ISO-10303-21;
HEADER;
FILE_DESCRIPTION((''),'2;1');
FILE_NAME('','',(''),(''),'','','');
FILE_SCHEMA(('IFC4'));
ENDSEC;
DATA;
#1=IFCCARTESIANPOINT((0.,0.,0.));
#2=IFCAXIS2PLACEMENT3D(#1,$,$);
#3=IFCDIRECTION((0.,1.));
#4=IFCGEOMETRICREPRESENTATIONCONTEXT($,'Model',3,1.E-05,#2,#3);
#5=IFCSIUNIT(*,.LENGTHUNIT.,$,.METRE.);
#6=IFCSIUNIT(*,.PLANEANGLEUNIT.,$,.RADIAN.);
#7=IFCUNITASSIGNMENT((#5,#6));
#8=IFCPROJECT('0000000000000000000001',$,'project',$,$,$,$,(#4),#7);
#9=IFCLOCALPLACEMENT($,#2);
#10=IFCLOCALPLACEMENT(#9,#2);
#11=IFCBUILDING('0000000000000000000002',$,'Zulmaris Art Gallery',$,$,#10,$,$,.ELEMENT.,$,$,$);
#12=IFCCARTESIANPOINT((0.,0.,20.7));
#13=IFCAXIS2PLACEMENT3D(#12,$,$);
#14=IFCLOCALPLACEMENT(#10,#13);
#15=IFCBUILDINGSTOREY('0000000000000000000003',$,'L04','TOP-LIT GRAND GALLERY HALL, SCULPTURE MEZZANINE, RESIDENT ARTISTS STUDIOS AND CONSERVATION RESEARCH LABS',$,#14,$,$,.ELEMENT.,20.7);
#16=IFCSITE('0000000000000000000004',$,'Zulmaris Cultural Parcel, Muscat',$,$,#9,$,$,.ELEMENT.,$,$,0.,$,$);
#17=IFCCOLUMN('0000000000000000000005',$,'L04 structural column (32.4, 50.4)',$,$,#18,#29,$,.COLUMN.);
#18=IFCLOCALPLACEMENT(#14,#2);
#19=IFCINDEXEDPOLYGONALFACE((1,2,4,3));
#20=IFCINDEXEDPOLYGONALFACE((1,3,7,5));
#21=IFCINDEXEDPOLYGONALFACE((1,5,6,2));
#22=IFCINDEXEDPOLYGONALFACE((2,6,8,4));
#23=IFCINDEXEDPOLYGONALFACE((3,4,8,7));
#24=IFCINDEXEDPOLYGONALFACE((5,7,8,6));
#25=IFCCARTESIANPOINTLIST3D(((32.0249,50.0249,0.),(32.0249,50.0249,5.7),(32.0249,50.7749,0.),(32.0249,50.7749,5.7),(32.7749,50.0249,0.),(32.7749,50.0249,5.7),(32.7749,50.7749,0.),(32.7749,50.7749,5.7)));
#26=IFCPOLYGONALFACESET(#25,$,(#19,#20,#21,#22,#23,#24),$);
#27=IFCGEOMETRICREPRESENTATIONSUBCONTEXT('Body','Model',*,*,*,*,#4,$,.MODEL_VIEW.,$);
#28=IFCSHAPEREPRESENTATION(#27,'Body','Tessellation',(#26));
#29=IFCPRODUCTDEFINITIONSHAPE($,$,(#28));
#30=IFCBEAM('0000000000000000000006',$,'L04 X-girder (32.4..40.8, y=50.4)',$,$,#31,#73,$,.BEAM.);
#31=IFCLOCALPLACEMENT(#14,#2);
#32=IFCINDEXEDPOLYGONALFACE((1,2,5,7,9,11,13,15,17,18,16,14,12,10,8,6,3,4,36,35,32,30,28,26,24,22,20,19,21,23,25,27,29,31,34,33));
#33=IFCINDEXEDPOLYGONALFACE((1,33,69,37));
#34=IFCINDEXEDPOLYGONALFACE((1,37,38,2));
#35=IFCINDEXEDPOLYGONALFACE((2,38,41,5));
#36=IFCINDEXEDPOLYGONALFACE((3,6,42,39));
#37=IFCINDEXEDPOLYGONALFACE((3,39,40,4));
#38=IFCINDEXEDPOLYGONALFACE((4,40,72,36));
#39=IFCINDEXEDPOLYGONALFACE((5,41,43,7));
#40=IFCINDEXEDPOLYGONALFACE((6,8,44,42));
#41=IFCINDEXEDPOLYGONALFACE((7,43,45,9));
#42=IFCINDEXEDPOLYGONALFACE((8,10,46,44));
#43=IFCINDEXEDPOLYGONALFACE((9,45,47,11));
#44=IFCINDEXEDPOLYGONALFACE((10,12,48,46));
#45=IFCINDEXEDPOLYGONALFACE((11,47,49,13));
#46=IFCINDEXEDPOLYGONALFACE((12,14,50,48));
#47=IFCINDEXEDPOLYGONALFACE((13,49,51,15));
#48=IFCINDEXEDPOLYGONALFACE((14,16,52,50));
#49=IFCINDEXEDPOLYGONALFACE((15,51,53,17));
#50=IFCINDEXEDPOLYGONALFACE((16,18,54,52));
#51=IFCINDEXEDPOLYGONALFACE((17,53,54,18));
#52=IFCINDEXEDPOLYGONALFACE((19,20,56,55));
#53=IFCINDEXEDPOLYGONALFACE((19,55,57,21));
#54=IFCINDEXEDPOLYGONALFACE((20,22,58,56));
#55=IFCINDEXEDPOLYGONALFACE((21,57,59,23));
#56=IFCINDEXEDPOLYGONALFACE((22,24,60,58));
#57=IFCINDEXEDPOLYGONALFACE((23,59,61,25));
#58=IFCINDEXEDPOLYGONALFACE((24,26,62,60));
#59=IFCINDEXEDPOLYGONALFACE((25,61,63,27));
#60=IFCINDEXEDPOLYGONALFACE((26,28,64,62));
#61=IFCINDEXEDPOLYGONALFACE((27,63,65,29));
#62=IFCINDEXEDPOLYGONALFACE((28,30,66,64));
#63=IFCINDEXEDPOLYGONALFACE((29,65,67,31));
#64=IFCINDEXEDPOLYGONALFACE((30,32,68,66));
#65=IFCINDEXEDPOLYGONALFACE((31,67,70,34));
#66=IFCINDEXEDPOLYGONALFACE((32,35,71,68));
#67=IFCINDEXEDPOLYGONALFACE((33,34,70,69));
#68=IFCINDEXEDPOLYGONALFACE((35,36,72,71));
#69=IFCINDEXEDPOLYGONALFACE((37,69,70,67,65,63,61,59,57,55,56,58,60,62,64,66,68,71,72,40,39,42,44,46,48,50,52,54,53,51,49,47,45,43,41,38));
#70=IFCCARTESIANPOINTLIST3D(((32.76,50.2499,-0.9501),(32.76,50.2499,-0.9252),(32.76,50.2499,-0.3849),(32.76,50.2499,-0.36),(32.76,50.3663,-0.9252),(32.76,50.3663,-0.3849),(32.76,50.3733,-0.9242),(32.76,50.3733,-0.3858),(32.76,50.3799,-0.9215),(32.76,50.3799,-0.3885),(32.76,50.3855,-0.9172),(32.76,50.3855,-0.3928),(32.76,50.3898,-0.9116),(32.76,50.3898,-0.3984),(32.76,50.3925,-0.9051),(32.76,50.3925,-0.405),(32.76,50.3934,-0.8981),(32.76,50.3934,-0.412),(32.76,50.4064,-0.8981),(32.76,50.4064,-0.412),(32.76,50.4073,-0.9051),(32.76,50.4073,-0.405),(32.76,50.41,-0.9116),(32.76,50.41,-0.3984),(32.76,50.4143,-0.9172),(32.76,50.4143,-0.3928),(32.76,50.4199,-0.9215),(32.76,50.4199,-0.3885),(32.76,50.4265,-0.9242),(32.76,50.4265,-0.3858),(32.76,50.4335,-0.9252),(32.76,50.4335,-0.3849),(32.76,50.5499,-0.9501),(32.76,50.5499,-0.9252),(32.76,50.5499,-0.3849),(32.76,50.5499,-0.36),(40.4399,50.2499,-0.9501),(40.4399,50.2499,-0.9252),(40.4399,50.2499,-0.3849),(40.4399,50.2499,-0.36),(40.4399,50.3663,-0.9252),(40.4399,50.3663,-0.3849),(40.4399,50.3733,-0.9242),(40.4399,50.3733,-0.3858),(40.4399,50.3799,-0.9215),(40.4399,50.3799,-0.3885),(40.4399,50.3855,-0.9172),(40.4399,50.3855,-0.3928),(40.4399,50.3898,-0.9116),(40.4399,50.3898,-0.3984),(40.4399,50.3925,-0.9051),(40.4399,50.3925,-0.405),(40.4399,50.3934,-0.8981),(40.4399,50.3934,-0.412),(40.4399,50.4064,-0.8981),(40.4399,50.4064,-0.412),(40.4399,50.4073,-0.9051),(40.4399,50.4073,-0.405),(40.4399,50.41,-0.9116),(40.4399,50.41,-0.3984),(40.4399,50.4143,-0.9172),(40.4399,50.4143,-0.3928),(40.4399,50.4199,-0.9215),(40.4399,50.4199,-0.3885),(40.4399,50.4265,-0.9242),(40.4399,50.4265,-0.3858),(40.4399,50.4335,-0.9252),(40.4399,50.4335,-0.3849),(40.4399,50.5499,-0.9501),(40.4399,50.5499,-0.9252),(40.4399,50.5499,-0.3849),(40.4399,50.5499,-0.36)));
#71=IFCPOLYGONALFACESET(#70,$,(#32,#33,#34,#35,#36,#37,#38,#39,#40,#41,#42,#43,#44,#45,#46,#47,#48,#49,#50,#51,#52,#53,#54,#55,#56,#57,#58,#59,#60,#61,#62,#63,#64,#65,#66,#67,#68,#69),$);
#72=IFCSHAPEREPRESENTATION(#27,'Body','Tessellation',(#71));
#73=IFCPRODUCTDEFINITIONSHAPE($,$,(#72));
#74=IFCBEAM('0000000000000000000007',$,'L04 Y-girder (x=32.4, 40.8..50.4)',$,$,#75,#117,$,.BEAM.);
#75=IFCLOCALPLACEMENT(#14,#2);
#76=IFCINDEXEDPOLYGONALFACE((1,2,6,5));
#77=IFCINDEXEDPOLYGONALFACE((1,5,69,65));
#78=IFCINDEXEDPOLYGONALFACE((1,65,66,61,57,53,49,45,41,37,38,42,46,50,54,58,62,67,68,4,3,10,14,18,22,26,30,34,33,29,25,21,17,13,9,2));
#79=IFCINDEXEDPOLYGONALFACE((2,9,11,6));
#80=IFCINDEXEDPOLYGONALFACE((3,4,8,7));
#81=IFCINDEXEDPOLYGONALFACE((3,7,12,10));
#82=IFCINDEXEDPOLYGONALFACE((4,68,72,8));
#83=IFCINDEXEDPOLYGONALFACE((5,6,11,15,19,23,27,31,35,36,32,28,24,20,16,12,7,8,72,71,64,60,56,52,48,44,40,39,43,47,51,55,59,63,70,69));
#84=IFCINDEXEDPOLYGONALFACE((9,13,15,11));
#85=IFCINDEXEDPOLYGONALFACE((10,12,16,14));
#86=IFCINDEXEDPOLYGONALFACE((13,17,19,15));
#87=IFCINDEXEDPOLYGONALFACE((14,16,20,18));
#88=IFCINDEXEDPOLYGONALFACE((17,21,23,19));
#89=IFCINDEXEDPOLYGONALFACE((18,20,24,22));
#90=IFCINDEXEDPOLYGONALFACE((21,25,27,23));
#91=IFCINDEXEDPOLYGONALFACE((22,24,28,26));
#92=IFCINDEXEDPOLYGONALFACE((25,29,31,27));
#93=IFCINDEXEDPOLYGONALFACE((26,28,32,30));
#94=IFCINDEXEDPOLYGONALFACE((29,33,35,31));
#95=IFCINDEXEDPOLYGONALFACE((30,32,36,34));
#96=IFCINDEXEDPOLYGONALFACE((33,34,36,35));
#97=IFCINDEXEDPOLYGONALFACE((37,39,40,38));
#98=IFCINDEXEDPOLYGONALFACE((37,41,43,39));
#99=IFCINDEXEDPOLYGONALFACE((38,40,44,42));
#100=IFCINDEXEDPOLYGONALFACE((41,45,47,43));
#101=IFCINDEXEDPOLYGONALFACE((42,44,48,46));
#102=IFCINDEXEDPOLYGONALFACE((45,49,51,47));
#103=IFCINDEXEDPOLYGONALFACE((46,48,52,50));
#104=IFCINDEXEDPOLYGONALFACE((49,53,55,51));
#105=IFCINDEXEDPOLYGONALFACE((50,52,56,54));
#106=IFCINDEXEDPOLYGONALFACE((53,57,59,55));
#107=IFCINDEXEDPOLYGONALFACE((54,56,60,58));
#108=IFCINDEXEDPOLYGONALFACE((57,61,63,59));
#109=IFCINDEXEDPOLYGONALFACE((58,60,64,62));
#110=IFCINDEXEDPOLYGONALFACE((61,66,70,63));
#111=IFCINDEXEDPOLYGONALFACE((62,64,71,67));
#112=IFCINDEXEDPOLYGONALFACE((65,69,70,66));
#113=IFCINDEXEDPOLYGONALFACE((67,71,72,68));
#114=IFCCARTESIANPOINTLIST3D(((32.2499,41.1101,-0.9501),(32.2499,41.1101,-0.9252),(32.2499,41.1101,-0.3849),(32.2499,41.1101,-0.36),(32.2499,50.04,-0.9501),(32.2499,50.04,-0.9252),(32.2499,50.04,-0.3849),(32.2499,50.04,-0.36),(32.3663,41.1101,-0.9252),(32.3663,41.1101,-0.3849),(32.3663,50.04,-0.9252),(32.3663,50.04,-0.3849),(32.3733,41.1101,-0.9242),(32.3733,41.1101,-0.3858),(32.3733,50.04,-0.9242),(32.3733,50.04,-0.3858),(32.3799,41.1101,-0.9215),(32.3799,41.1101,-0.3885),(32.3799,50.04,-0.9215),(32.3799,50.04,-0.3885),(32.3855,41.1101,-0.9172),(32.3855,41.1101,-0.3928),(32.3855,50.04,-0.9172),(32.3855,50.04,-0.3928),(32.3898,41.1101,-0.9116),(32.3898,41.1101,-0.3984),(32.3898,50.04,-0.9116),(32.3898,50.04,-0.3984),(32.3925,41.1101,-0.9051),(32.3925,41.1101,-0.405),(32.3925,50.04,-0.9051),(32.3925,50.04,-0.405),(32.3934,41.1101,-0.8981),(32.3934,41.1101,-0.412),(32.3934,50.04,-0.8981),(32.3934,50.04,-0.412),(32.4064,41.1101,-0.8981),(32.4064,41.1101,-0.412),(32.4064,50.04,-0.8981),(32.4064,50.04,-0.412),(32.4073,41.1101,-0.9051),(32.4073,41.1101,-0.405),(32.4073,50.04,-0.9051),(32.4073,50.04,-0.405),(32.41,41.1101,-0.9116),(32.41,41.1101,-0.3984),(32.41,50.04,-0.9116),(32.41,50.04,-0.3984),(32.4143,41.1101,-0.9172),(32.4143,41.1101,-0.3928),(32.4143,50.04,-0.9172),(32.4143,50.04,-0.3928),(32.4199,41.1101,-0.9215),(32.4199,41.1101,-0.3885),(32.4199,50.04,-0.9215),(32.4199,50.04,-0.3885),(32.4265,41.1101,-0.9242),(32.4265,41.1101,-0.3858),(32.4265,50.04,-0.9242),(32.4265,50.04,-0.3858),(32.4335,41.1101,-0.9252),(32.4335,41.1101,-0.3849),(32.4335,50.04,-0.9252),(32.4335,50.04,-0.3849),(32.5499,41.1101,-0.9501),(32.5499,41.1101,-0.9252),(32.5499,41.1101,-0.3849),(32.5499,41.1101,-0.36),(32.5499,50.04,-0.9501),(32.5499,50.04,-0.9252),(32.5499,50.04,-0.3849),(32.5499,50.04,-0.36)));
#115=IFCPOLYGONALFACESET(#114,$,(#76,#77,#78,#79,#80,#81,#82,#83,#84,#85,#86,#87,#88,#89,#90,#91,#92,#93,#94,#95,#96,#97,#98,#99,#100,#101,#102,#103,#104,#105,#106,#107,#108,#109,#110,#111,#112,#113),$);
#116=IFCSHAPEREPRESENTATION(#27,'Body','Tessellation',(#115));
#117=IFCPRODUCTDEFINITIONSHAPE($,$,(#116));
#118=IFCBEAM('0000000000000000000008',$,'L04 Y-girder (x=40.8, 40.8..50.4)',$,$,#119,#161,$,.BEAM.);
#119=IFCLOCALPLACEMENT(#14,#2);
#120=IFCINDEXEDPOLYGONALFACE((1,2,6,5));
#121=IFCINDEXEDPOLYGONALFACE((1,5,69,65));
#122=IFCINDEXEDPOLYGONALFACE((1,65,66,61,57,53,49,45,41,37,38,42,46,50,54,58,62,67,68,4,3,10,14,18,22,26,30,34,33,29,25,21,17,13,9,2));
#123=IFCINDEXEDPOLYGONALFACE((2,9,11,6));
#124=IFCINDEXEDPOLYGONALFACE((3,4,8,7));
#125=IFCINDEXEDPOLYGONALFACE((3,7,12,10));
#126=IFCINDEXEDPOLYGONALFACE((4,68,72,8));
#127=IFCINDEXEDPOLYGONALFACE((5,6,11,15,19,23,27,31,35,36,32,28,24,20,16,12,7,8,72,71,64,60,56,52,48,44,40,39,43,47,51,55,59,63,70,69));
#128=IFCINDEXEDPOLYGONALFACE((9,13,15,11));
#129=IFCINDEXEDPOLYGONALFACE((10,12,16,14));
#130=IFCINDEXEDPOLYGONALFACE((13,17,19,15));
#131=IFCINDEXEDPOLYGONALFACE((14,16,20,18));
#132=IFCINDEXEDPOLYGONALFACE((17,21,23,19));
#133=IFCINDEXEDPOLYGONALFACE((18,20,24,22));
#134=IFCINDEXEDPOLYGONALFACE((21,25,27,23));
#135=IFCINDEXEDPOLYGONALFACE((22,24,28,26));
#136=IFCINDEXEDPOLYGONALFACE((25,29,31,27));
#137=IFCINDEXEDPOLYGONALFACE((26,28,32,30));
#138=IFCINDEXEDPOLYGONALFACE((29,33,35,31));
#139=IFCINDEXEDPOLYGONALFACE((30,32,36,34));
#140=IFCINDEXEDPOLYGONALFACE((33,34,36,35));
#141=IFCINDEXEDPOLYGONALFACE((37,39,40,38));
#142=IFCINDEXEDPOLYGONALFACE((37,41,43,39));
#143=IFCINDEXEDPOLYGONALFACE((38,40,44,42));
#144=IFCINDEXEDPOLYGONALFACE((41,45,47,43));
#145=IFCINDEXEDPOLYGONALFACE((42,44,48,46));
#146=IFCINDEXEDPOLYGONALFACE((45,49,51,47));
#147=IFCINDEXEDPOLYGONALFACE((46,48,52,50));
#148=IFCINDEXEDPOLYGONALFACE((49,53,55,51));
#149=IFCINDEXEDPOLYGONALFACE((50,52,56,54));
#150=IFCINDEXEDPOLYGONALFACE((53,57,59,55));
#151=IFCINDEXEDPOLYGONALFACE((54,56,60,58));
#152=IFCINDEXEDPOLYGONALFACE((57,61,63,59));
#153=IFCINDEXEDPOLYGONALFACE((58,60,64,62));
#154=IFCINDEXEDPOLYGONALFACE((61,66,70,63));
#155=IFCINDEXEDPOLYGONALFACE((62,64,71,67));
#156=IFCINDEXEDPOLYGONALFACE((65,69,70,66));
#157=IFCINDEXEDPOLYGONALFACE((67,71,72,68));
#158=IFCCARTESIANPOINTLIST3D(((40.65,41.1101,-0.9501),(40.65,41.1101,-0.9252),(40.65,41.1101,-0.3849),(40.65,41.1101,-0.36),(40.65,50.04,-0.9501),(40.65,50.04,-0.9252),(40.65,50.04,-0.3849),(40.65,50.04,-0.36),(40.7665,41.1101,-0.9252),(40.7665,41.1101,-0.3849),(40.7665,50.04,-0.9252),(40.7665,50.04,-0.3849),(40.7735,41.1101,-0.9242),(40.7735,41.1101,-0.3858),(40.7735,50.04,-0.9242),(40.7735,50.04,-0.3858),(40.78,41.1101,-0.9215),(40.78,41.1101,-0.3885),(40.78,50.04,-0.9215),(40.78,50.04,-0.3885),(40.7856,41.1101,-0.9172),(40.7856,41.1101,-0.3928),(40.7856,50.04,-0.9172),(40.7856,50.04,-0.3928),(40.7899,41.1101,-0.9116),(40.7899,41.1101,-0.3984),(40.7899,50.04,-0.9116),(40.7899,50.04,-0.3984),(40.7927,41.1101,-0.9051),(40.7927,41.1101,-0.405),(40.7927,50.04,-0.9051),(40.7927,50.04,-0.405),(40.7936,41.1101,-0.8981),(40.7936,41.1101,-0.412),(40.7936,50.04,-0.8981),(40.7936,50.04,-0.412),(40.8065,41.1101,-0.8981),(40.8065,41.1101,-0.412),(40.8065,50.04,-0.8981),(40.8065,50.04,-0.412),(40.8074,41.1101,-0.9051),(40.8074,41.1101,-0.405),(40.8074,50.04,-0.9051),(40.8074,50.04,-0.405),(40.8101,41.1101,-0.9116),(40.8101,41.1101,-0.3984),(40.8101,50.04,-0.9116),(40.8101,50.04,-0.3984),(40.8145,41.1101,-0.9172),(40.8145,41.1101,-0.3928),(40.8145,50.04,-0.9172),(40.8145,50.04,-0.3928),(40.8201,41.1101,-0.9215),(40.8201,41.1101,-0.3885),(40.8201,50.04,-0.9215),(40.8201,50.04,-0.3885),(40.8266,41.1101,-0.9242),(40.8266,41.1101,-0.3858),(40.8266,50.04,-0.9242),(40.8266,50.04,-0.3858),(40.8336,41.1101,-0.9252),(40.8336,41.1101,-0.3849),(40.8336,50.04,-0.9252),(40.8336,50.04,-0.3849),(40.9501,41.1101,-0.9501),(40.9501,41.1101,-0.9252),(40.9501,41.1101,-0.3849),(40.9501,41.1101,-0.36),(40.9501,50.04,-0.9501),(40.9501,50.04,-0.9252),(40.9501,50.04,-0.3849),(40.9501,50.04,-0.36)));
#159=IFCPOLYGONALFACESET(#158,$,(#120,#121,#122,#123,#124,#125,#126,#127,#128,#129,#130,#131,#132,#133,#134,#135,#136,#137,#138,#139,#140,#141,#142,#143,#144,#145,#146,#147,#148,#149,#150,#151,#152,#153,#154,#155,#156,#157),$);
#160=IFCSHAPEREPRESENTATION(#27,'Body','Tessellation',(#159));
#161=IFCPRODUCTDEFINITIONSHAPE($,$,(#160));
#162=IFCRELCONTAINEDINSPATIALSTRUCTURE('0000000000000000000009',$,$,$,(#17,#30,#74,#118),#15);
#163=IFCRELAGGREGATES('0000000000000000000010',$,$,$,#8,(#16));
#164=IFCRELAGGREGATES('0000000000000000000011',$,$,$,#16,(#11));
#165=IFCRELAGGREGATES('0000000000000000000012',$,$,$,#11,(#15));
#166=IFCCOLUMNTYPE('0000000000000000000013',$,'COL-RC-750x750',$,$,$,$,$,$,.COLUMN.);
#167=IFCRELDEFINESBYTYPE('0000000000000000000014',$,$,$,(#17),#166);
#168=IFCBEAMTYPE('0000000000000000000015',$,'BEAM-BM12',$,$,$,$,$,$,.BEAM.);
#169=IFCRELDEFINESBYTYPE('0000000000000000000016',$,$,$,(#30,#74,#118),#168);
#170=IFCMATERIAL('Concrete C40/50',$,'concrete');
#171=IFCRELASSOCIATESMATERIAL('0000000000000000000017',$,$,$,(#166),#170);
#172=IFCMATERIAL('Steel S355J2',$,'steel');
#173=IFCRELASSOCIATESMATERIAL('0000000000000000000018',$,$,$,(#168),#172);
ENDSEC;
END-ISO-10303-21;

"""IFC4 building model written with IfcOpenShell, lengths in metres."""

from ifc_helpers import new_model, si_unit, direction, frame, origin, origin_2d, place, context, subcontext, project, spatial, rectangle, i_section, extrude, material, material_profile, profile_set, type_object, element, save


model = new_model("IFC4")

# Units and contexts
model_context = context("Model", 3, precision=1e-05, world=origin(), true_north=direction((0.0, 1.0)))
body_context = subcontext(model_context, "Body", "Model", "MODEL_VIEW")
ifc_project = project(units=[si_unit("LENGTHUNIT", "METRE"), si_unit("PLANEANGLEUNIT", "RADIAN")], contexts=[model_context])

# Site, building, storey
site_placement = place(None, origin())
site = spatial("IfcSite", under=ifc_project, at=site_placement, Name="Zulmaris Cultural Parcel, Muscat", CompositionType="ELEMENT", RefElevation=0.0)
building_placement = place(site_placement, origin())
building = spatial("IfcBuilding", under=site, at=building_placement, Name="Zulmaris Art Gallery", CompositionType="ELEMENT")
storey_placement = place(building_placement, frame((0.0, 0.0, 20.7)))
storey = spatial("IfcBuildingStorey", under=building, at=storey_placement, Name="L04", Description="TOP-LIT GRAND GALLERY HALL, SCULPTURE MEZZANINE, RESIDENT ARTISTS STUDIOS AND CONSERVATION RESEARCH LABS", CompositionType="ELEMENT", Elevation=20.7)

# Column
ifc_material_1 = material(Name="Concrete C40/50", Category="concrete")
ifc_material_profile_1 = material_profile(ifc_material_1, rectangle(XDim=0.75, YDim=0.75, at=origin_2d()), Name="RC 750x750")
ifc_profile_set_1 = profile_set([ifc_material_profile_1], Name="Concrete C40/50")
column_type = type_object("IfcColumnType", Name="COL-RC-750x750", PredefinedType="COLUMN", material=ifc_profile_set_1)
column_placement = place(storey_placement, frame((32.3999, 50.3999, 0.0), z_axis=(0.0, 0.0, 1.0), x_axis=(1.0, 0.0, 0.0)))
element("IfcColumn", 1, at=column_placement, inside=storey, type_object=column_type, Name="L04 structural column (32.4, 50.4)", PredefinedType="COLUMN", context=body_context, shape_type="SweptSolid", body=[
    extrude(rectangle(XDim=0.75, YDim=0.75, at=origin_2d()), origin(), (0.0, 0.0, 1.0), 5.7),
])

# Beams
ifc_material_2 = material(Name="Steel S355J2", Category="steel")
ifc_material_profile_2 = material_profile(ifc_material_2, i_section(OverallWidth=0.3, OverallDepth=0.5901, WebThickness=0.0129, FlangeThickness=0.0249, FilletRadius=0.0271, at=origin_2d()), Name="HEA 600")
ifc_profile_set_2 = profile_set([ifc_material_profile_2], Name="Steel S355J2")
beam_type_1 = type_object("IfcBeamType", Name="BEAM-BM12", PredefinedType="BEAM", material=ifc_profile_set_2)
beam_1_placement = place(storey_placement, frame((32.76, 50.3999, -0.655), z_axis=(1.0, 0.0, 0.0), x_axis=(0.0, 1.0, 0.0)))
element("IfcBeam", 2, at=beam_1_placement, inside=storey, type_object=beam_type_1, Name="L04 X-girder (32.4..40.8, y=50.4)", PredefinedType="BEAM", context=body_context, shape_type="SweptSolid", body=[
    extrude(i_section(OverallWidth=0.3, OverallDepth=0.5901, WebThickness=0.0129, FlangeThickness=0.0249, FilletRadius=0.0271, at=origin_2d()), origin(), (0.0, 0.0, 1.0), 7.6799),
])
for number, where, z_axis, x_axis, name in (
    (3, (32.3999, 41.1101, -0.655), (0.0, 1.0, 0.0), (-1.0, 0.0, 0.0), "L04 Y-girder (x=32.4, 40.8..50.4)"),
    (4, (40.8, 41.1101, -0.655), (0.0, 1.0, 0.0), (-1.0, 0.0, 0.0), "L04 Y-girder (x=40.8, 40.8..50.4)"),
):
    element("IfcBeam", number, at=place(storey_placement, frame(where, z_axis=z_axis, x_axis=x_axis)), inside=storey, type_object=beam_type_1, Name=name, PredefinedType="BEAM", context=body_context, shape_type="SweptSolid", body=[
        extrude(i_section(OverallWidth=0.3, OverallDepth=0.5901, WebThickness=0.0129, FlangeThickness=0.0249, FilletRadius=0.0271, at=origin_2d()), origin(), (0.0, 0.0, 1.0), 8.9299),
    ])

save(model, "model.ifc")
